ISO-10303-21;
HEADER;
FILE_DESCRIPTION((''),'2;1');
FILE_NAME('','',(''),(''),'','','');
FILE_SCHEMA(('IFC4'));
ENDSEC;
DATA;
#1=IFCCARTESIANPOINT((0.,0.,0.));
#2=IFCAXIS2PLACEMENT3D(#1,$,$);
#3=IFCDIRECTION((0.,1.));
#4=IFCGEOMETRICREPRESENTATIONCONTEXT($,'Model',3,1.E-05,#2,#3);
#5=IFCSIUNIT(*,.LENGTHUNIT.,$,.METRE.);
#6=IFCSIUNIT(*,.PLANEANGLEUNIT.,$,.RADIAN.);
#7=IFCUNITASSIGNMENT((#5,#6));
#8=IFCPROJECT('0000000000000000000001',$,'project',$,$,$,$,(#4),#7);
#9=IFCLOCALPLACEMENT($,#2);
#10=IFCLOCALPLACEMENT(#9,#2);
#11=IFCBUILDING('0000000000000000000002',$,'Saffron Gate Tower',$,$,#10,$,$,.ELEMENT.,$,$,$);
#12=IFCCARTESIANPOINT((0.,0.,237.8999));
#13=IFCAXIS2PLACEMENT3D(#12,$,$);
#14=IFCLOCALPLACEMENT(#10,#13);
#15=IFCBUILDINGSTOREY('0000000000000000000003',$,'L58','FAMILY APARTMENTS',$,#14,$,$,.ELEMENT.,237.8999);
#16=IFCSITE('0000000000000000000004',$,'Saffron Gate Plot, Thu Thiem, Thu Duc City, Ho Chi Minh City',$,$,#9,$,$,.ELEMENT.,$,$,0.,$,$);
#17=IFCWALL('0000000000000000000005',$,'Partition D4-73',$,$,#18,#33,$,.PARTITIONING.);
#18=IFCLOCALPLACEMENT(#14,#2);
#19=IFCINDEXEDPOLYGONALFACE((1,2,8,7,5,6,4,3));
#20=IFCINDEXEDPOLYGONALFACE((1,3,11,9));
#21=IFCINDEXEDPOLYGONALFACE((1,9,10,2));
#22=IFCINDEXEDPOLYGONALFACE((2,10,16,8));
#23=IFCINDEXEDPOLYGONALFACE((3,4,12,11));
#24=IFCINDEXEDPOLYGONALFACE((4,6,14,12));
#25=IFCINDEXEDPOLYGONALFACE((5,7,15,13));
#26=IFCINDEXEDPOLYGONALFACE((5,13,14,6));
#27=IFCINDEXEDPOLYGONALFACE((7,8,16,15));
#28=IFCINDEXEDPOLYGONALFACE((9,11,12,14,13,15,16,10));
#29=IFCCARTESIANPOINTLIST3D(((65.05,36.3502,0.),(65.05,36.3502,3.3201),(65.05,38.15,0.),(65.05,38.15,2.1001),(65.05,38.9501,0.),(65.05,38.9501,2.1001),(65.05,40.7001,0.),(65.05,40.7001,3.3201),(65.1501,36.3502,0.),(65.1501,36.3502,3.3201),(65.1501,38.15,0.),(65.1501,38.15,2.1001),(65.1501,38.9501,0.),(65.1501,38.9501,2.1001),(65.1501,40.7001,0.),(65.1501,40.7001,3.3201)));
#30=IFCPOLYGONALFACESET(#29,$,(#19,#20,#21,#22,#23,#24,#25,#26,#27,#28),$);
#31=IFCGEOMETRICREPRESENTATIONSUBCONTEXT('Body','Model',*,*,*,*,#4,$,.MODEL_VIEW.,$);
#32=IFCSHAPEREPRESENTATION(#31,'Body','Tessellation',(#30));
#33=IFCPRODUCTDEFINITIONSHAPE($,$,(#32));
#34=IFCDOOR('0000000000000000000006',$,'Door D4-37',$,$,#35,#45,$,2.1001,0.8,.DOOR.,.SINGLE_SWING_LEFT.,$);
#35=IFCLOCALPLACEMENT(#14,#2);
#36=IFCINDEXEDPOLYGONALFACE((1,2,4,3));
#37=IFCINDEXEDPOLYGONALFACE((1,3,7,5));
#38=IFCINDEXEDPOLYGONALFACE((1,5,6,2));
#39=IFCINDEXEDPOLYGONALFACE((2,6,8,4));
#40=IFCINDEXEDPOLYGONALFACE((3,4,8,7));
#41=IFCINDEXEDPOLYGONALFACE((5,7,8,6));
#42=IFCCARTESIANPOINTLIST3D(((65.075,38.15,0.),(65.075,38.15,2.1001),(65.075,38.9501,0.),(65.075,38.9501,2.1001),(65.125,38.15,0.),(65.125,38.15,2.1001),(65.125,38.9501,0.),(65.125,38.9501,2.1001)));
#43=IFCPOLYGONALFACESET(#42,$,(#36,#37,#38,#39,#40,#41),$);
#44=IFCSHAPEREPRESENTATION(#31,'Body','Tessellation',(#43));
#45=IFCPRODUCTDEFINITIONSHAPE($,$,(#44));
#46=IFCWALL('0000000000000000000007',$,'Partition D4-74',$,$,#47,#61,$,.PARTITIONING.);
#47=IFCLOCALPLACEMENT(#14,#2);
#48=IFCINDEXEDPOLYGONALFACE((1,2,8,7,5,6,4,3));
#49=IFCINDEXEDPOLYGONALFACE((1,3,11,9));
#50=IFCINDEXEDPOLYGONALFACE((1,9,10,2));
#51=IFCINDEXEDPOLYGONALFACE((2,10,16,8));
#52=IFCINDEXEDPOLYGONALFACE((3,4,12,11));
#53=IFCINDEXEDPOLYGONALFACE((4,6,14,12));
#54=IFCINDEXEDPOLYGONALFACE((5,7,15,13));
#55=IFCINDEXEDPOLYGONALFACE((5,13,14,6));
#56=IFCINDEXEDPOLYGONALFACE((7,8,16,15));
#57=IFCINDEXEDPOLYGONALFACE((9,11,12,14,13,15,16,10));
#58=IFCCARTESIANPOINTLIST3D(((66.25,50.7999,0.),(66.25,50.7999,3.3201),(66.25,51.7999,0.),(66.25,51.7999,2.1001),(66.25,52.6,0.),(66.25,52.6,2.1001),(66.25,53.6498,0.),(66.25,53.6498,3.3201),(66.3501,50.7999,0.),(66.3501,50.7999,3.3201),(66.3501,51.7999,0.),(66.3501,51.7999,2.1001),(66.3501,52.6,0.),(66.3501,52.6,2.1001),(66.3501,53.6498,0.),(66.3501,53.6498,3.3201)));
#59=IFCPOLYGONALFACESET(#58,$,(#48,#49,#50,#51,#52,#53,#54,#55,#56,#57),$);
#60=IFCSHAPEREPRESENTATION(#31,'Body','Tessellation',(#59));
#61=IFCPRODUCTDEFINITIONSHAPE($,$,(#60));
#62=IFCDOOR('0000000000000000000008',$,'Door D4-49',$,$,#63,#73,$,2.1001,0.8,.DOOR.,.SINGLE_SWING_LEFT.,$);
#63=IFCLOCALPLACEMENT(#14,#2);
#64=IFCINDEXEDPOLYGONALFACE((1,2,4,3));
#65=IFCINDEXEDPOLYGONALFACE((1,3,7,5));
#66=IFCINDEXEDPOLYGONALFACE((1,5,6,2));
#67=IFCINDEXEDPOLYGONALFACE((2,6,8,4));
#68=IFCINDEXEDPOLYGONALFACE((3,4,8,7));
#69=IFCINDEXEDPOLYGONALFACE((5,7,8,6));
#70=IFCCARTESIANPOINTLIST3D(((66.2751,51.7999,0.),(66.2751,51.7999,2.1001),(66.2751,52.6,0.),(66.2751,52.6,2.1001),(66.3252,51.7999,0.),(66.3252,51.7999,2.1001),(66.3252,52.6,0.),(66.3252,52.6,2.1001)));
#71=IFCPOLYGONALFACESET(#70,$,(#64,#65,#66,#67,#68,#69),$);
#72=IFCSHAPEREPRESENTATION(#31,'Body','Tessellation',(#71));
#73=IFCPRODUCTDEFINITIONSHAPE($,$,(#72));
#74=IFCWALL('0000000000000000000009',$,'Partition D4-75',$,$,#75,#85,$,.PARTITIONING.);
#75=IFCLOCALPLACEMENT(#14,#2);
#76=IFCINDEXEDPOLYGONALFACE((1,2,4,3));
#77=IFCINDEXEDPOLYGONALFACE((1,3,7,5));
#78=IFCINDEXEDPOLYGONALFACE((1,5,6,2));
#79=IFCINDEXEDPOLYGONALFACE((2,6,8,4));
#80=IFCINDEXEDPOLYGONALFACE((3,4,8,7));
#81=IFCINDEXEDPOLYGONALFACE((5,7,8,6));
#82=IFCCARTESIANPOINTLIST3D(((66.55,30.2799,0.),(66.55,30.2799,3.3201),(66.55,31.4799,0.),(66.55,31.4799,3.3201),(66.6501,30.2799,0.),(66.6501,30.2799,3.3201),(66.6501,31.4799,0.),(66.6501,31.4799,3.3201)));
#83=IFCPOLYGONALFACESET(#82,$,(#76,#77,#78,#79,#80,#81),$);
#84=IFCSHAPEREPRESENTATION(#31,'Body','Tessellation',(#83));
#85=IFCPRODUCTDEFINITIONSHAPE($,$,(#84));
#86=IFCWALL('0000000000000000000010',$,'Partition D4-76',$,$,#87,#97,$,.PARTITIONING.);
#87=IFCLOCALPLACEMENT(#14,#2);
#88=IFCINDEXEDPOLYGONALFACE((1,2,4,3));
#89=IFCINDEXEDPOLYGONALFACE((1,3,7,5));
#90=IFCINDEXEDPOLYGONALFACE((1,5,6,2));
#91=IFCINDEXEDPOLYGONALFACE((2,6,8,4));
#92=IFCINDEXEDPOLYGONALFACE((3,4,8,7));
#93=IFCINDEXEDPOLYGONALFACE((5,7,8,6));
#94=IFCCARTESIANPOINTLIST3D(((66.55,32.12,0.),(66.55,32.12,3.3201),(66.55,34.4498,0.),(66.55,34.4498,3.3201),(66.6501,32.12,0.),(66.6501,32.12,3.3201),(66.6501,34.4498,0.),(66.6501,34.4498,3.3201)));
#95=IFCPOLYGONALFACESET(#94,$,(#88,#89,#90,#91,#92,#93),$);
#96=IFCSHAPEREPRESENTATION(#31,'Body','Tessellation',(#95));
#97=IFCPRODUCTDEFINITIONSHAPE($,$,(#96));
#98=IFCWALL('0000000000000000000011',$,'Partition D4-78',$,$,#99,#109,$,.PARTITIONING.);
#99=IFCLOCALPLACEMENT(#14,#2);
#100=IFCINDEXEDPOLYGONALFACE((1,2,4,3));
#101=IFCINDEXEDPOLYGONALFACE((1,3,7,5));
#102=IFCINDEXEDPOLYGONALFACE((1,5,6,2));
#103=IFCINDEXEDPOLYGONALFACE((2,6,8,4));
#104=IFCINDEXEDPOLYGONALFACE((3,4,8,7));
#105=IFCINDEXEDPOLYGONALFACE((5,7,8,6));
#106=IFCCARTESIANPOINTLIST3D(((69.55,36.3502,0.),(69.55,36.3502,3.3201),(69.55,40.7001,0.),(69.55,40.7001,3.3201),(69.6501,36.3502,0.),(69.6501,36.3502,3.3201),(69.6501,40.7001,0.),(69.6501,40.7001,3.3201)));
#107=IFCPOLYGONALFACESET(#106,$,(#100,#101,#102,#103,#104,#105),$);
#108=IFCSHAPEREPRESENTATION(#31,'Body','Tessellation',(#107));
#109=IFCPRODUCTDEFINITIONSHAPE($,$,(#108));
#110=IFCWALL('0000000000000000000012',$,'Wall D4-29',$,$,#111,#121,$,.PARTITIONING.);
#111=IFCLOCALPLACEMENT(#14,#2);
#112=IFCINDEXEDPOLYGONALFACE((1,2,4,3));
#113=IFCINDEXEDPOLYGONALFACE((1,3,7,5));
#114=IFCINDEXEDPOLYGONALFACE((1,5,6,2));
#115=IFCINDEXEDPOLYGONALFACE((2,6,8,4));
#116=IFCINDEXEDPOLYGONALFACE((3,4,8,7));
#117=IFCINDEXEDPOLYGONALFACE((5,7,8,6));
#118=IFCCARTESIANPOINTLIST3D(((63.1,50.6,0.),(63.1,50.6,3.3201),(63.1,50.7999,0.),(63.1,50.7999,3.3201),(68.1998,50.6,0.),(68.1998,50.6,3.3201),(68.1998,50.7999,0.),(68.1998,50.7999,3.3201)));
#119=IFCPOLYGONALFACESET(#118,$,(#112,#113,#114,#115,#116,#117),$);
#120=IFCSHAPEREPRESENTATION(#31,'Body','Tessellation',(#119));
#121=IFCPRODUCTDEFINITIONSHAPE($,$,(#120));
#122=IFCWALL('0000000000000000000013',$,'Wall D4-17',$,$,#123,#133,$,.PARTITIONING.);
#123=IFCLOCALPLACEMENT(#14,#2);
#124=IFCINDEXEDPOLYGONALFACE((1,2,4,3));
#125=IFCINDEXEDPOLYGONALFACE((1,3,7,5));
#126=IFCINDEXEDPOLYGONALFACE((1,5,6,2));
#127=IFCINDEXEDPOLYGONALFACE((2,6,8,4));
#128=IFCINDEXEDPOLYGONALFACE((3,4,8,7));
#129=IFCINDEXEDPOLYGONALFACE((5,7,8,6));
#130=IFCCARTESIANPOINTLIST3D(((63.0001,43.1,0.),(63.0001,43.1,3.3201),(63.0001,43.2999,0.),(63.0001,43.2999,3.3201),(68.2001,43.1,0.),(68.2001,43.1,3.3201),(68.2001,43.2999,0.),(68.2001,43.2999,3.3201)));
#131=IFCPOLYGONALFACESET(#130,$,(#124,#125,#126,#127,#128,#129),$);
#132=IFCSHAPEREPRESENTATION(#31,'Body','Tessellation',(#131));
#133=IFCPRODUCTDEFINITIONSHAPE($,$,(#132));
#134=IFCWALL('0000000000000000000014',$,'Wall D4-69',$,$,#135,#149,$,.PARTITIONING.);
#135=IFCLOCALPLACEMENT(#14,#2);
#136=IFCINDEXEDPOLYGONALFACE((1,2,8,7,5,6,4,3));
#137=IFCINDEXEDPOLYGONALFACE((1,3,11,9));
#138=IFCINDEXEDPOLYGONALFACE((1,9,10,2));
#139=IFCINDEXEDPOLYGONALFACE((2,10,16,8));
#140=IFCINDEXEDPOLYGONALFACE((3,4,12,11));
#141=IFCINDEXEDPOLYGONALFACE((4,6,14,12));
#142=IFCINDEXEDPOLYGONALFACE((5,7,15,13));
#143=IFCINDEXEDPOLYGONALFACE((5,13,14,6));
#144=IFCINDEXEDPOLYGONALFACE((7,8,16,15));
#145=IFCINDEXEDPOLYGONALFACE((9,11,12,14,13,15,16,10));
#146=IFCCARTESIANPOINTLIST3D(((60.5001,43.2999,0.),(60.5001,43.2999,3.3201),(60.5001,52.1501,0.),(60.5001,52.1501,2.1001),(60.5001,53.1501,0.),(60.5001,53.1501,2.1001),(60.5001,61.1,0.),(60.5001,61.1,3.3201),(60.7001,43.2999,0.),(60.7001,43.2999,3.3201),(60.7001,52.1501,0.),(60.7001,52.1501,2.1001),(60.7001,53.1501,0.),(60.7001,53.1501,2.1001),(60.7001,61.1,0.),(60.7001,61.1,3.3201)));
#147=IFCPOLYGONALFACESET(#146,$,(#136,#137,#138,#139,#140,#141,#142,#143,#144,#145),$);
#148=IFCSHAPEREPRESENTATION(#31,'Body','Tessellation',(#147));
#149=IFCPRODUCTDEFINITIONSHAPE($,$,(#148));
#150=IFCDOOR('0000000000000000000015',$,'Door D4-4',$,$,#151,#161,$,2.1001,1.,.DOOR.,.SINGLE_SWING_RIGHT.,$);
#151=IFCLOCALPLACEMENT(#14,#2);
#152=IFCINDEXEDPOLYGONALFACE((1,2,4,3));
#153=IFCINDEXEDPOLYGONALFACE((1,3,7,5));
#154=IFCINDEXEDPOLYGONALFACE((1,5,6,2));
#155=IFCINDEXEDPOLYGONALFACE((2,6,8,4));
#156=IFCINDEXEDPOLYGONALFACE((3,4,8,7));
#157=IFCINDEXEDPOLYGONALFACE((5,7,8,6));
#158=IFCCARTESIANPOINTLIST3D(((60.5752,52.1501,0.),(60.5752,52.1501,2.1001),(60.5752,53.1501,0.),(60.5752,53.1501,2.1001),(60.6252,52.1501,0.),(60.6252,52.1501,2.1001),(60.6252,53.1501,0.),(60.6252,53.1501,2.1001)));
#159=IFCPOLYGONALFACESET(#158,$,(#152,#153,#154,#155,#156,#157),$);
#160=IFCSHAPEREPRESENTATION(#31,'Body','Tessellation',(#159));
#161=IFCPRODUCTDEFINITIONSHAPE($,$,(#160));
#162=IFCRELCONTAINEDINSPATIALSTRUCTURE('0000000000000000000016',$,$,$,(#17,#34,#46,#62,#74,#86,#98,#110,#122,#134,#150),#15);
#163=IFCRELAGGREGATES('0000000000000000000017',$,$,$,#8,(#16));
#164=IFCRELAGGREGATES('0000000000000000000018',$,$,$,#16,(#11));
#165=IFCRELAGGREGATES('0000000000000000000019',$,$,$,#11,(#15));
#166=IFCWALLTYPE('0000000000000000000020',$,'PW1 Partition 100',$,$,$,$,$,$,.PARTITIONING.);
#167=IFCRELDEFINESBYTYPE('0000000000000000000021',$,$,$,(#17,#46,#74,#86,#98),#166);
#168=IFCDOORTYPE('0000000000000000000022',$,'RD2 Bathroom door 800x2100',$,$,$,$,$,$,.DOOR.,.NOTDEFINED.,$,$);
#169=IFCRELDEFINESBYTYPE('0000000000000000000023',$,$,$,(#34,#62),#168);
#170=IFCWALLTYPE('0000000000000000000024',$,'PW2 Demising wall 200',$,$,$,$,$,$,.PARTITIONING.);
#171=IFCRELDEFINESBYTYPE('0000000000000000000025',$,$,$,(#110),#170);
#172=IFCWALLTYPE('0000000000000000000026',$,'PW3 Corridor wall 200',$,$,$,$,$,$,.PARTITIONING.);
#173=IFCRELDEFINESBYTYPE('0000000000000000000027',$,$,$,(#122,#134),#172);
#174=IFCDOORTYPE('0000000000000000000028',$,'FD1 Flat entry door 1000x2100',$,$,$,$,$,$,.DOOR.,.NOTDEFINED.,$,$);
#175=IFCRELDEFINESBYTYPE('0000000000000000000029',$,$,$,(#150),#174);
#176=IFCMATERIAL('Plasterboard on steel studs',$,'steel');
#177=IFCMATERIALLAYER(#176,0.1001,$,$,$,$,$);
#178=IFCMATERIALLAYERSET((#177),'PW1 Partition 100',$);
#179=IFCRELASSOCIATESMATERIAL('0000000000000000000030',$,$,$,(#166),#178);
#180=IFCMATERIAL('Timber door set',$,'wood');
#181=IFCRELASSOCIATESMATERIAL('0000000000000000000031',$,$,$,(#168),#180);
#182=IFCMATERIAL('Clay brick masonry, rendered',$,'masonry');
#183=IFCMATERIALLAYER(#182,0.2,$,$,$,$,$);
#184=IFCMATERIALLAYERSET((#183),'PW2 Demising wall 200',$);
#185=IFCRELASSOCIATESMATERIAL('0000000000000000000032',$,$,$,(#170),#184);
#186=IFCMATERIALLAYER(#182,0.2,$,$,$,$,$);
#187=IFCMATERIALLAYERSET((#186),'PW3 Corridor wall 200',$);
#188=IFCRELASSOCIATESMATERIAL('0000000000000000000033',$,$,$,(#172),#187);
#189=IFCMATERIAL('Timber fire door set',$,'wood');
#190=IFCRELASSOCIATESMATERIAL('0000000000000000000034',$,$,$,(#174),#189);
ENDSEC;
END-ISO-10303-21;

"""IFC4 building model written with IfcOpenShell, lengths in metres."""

from ifc_helpers import new_model, si_unit, direction, frame, frame_2d, origin, place, context, subcontext, project, spatial, rectangle, extrude, material, layer, layer_set, type_object, element, fill, save


model = new_model("IFC4")

# Units and contexts
model_context = context("Model", 3, precision=1e-05, world=origin(), true_north=direction((0.0, 1.0)))
body_context = subcontext(model_context, "Body", "Model", "MODEL_VIEW")
ifc_project = project(units=[si_unit("LENGTHUNIT", "METRE"), si_unit("PLANEANGLEUNIT", "RADIAN")], contexts=[model_context])

# Site, building, storey
site_placement = place(None, origin())
site = spatial("IfcSite", under=ifc_project, at=site_placement, Name="Saffron Gate Plot, Thu Thiem, Thu Duc City, Ho Chi Minh City", CompositionType="ELEMENT", RefElevation=0.0)
building_placement = place(site_placement, origin())
building = spatial("IfcBuilding", under=site, at=building_placement, Name="Saffron Gate Tower", CompositionType="ELEMENT")
storey_placement = place(building_placement, frame((0.0, 0.0, 237.8999)))
storey = spatial("IfcBuildingStorey", under=building, at=storey_placement, Name="L58", Description="FAMILY APARTMENTS", CompositionType="ELEMENT", Elevation=237.8999)

# Shared definitions
ifc_material_1 = material(Name="Plasterboard on steel studs", Category="steel")
ifc_layer_1 = layer(ifc_material_1, 0.1001)
ifc_layer_set_1 = layer_set([ifc_layer_1], Name="PW1 Partition 100")
wall_type_1 = type_object("IfcWallType", Name="PW1 Partition 100", PredefinedType="PARTITIONING", material=ifc_layer_set_1)
ifc_material_2 = material(Name="Timber door set", Category="wood")
door_type_1 = type_object("IfcDoorType", Name="RD2 Bathroom door 800x2100", OperationType="NOTDEFINED", PredefinedType="DOOR", material=ifc_material_2)

# Walls, openings, doors
wall_1_placement = place(storey_placement, frame((65.1001, 40.7, 0.0), z_axis=(0.0, 0.0, 1.0), x_axis=(0.0, -1.0, 0.0)))
wall_1 = element("IfcWall", 1, at=wall_1_placement, inside=storey, type_object=wall_type_1, Name="Partition D4-73", PredefinedType="PARTITIONING", context=body_context, shape_type="SweptSolid", body=[
    extrude(rectangle(XDim=4.3499, YDim=0.1001, at=frame_2d((2.1748, 0.0))), origin(), (0.0, 0.0, 1.0), 3.3201),
])
opening_1_placement = place(wall_1_placement, frame((1.75, 0.0, 0.0)))
opening_1 = element("IfcOpeningElement", 2, at=opening_1_placement, cuts=wall_1, PredefinedType="OPENING", context=body_context, shape_type="SweptSolid", body=[
    extrude(rectangle(XDim=0.8, YDim=2.1001, at=frame_2d((0.3999, 1.05))), frame((0.0, 0.0601, 0.0), z_axis=(0.0, -1.0, 0.0), x_axis=(1.0, 0.0, 0.0)), (0.0, 0.0, 1.0), 0.1201),
])
door_1_placement = place(opening_1_placement, origin())
door_1 = element("IfcDoor", 3, at=door_1_placement, inside=storey, type_object=door_type_1, Name="Door D4-37", OperationType="SINGLE_SWING_LEFT", OverallHeight=2.1001, OverallWidth=0.8, PredefinedType="DOOR", context=body_context, shape_type="SweptSolid", body=[
    extrude(rectangle(XDim=0.8, YDim=2.1001, at=frame_2d((0.3999, 1.05))), frame((0.0, 0.0249, 0.0), z_axis=(0.0, -1.0, 0.0), x_axis=(1.0, 0.0, 0.0)), (0.0, 0.0, 1.0), 0.05),
])
fill(opening_1, door_1)
wall_2_placement = place(storey_placement, frame((66.3, 50.8, 0.0), z_axis=(0.0, 0.0, 1.0), x_axis=(0.0, 1.0, 0.0)))
wall_2 = element("IfcWall", 4, at=wall_2_placement, inside=storey, type_object=wall_type_1, Name="Partition D4-74", PredefinedType="PARTITIONING", context=body_context, shape_type="SweptSolid", body=[
    extrude(rectangle(XDim=2.8499, YDim=0.1001, at=frame_2d((1.4248, 0.0))), origin(), (0.0, 0.0, 1.0), 3.3201),
])
opening_2_placement = place(wall_2_placement, frame((1.0, 0.0, 0.0)))
opening_2 = element("IfcOpeningElement", 5, at=opening_2_placement, cuts=wall_2, PredefinedType="OPENING", context=body_context, shape_type="SweptSolid", body=[
    extrude(rectangle(XDim=0.8, YDim=2.1001, at=frame_2d((0.3999, 1.05))), frame((0.0, 0.0601, 0.0), z_axis=(0.0, -1.0, 0.0), x_axis=(1.0, 0.0, 0.0)), (0.0, 0.0, 1.0), 0.1201),
])
door_2_placement = place(opening_2_placement, origin())
door_2 = element("IfcDoor", 6, at=door_2_placement, inside=storey, type_object=door_type_1, Name="Door D4-49", OperationType="SINGLE_SWING_LEFT", OverallHeight=2.1001, OverallWidth=0.8, PredefinedType="DOOR", context=body_context, shape_type="SweptSolid", body=[
    extrude(rectangle(XDim=0.8, YDim=2.1001, at=frame_2d((0.3999, 1.05))), frame((0.0, 0.0249, 0.0), z_axis=(0.0, -1.0, 0.0), x_axis=(1.0, 0.0, 0.0)), (0.0, 0.0, 1.0), 0.05),
])
fill(opening_2, door_2)

# Walls
wall_3_placement = place(storey_placement, frame((66.6001, 31.48, 0.0), z_axis=(0.0, 0.0, 1.0), x_axis=(0.0, -1.0, 0.0)))
element("IfcWall", 7, at=wall_3_placement, inside=storey, type_object=wall_type_1, Name="Partition D4-75", PredefinedType="PARTITIONING", context=body_context, shape_type="SweptSolid", body=[
    extrude(rectangle(XDim=1.2, YDim=0.1001, at=frame_2d((0.6001, 0.0))), origin(), (0.0, 0.0, 1.0), 3.3201),
])
wall_4_placement = place(storey_placement, frame((66.6001, 34.45, 0.0), z_axis=(0.0, 0.0, 1.0), x_axis=(0.0, -1.0, 0.0)))
element("IfcWall", 8, at=wall_4_placement, inside=storey, type_object=wall_type_1, Name="Partition D4-76", PredefinedType="PARTITIONING", context=body_context, shape_type="SweptSolid", body=[
    extrude(rectangle(XDim=2.3298, YDim=0.1001, at=frame_2d((1.165, 0.0))), origin(), (0.0, 0.0, 1.0), 3.3201),
])
wall_5_placement = place(storey_placement, frame((69.6001, 40.7, 0.0), z_axis=(0.0, 0.0, 1.0), x_axis=(0.0, -1.0, 0.0)))
element("IfcWall", 9, at=wall_5_placement, inside=storey, type_object=wall_type_1, Name="Partition D4-78", PredefinedType="PARTITIONING", context=body_context, shape_type="SweptSolid", body=[
    extrude(rectangle(XDim=4.3499, YDim=0.1001, at=frame_2d((2.1748, 0.0))), origin(), (0.0, 0.0, 1.0), 3.3201),
])
ifc_material_3 = material(Name="Clay brick masonry, rendered", Category="masonry")
ifc_layer_2 = layer(ifc_material_3, 0.2)
ifc_layer_set_2 = layer_set([ifc_layer_2], Name="PW2 Demising wall 200")
wall_type_2 = type_object("IfcWallType", Name="PW2 Demising wall 200", PredefinedType="PARTITIONING", material=ifc_layer_set_2)
wall_6_placement = place(storey_placement, frame((63.1001, 50.7, 0.0), z_axis=(0.0, 0.0, 1.0), x_axis=(1.0, 0.0, 0.0)))
element("IfcWall", 10, at=wall_6_placement, inside=storey, type_object=wall_type_2, Name="Wall D4-29", PredefinedType="PARTITIONING", context=body_context, shape_type="SweptSolid", body=[
    extrude(rectangle(XDim=5.0999, YDim=0.2, at=frame_2d((2.5498, 0.0))), origin(), (0.0, 0.0, 1.0), 3.3201),
])
ifc_layer_3 = layer(ifc_material_3, 0.2)
ifc_layer_set_3 = layer_set([ifc_layer_3], Name="PW3 Corridor wall 200")
wall_type_3 = type_object("IfcWallType", Name="PW3 Corridor wall 200", PredefinedType="PARTITIONING", material=ifc_layer_set_3)
wall_7_placement = place(storey_placement, frame((63.0, 43.2, 0.0), z_axis=(0.0, 0.0, 1.0), x_axis=(1.0, 0.0, 0.0)))
element("IfcWall", 11, at=wall_7_placement, inside=storey, type_object=wall_type_3, Name="Wall D4-17", PredefinedType="PARTITIONING", context=body_context, shape_type="SweptSolid", body=[
    extrude(rectangle(XDim=5.2, YDim=0.2, at=frame_2d((2.6001, 0.0))), origin(), (0.0, 0.0, 1.0), 3.3201),
])

# Wall, opening, door
wall_8_placement = place(storey_placement, frame((60.6001, 43.3, 0.0), z_axis=(0.0, 0.0, 1.0), x_axis=(0.0, 1.0, 0.0)))
wall_8 = element("IfcWall", 12, at=wall_8_placement, inside=storey, type_object=wall_type_3, Name="Wall D4-69", PredefinedType="PARTITIONING", context=body_context, shape_type="SweptSolid", body=[
    extrude(rectangle(XDim=17.8, YDim=0.2, at=frame_2d((8.8999, 0.0))), origin(), (0.0, 0.0, 1.0), 3.3201),
])
opening_3_placement = place(wall_8_placement, frame((8.8501, 0.0, 0.0)))
opening_3 = element("IfcOpeningElement", 13, at=opening_3_placement, cuts=wall_8, PredefinedType="OPENING", context=body_context, shape_type="SweptSolid", body=[
    extrude(rectangle(XDim=1.0, YDim=2.1001, at=frame_2d((0.5, 1.05))), frame((0.0, 0.1099, 0.0), z_axis=(0.0, -1.0, 0.0), x_axis=(1.0, 0.0, 0.0)), (0.0, 0.0, 1.0), 0.22),
])
ifc_material_4 = material(Name="Timber fire door set", Category="wood")
door_type_2 = type_object("IfcDoorType", Name="FD1 Flat entry door 1000x2100", OperationType="NOTDEFINED", PredefinedType="DOOR", material=ifc_material_4)
door_3_placement = place(opening_3_placement, origin())
door_3 = element("IfcDoor", 14, at=door_3_placement, inside=storey, type_object=door_type_2, Name="Door D4-4", OperationType="SINGLE_SWING_RIGHT", OverallHeight=2.1001, OverallWidth=1.0, PredefinedType="DOOR", context=body_context, shape_type="SweptSolid", body=[
    extrude(rectangle(XDim=1.0, YDim=2.1001, at=frame_2d((0.5, 1.05))), frame((0.0, 0.0249, 0.0), z_axis=(0.0, -1.0, 0.0), x_axis=(1.0, 0.0, 0.0)), (0.0, 0.0, 1.0), 0.05),
])
fill(opening_3, door_3)

save(model, "model.ifc")
